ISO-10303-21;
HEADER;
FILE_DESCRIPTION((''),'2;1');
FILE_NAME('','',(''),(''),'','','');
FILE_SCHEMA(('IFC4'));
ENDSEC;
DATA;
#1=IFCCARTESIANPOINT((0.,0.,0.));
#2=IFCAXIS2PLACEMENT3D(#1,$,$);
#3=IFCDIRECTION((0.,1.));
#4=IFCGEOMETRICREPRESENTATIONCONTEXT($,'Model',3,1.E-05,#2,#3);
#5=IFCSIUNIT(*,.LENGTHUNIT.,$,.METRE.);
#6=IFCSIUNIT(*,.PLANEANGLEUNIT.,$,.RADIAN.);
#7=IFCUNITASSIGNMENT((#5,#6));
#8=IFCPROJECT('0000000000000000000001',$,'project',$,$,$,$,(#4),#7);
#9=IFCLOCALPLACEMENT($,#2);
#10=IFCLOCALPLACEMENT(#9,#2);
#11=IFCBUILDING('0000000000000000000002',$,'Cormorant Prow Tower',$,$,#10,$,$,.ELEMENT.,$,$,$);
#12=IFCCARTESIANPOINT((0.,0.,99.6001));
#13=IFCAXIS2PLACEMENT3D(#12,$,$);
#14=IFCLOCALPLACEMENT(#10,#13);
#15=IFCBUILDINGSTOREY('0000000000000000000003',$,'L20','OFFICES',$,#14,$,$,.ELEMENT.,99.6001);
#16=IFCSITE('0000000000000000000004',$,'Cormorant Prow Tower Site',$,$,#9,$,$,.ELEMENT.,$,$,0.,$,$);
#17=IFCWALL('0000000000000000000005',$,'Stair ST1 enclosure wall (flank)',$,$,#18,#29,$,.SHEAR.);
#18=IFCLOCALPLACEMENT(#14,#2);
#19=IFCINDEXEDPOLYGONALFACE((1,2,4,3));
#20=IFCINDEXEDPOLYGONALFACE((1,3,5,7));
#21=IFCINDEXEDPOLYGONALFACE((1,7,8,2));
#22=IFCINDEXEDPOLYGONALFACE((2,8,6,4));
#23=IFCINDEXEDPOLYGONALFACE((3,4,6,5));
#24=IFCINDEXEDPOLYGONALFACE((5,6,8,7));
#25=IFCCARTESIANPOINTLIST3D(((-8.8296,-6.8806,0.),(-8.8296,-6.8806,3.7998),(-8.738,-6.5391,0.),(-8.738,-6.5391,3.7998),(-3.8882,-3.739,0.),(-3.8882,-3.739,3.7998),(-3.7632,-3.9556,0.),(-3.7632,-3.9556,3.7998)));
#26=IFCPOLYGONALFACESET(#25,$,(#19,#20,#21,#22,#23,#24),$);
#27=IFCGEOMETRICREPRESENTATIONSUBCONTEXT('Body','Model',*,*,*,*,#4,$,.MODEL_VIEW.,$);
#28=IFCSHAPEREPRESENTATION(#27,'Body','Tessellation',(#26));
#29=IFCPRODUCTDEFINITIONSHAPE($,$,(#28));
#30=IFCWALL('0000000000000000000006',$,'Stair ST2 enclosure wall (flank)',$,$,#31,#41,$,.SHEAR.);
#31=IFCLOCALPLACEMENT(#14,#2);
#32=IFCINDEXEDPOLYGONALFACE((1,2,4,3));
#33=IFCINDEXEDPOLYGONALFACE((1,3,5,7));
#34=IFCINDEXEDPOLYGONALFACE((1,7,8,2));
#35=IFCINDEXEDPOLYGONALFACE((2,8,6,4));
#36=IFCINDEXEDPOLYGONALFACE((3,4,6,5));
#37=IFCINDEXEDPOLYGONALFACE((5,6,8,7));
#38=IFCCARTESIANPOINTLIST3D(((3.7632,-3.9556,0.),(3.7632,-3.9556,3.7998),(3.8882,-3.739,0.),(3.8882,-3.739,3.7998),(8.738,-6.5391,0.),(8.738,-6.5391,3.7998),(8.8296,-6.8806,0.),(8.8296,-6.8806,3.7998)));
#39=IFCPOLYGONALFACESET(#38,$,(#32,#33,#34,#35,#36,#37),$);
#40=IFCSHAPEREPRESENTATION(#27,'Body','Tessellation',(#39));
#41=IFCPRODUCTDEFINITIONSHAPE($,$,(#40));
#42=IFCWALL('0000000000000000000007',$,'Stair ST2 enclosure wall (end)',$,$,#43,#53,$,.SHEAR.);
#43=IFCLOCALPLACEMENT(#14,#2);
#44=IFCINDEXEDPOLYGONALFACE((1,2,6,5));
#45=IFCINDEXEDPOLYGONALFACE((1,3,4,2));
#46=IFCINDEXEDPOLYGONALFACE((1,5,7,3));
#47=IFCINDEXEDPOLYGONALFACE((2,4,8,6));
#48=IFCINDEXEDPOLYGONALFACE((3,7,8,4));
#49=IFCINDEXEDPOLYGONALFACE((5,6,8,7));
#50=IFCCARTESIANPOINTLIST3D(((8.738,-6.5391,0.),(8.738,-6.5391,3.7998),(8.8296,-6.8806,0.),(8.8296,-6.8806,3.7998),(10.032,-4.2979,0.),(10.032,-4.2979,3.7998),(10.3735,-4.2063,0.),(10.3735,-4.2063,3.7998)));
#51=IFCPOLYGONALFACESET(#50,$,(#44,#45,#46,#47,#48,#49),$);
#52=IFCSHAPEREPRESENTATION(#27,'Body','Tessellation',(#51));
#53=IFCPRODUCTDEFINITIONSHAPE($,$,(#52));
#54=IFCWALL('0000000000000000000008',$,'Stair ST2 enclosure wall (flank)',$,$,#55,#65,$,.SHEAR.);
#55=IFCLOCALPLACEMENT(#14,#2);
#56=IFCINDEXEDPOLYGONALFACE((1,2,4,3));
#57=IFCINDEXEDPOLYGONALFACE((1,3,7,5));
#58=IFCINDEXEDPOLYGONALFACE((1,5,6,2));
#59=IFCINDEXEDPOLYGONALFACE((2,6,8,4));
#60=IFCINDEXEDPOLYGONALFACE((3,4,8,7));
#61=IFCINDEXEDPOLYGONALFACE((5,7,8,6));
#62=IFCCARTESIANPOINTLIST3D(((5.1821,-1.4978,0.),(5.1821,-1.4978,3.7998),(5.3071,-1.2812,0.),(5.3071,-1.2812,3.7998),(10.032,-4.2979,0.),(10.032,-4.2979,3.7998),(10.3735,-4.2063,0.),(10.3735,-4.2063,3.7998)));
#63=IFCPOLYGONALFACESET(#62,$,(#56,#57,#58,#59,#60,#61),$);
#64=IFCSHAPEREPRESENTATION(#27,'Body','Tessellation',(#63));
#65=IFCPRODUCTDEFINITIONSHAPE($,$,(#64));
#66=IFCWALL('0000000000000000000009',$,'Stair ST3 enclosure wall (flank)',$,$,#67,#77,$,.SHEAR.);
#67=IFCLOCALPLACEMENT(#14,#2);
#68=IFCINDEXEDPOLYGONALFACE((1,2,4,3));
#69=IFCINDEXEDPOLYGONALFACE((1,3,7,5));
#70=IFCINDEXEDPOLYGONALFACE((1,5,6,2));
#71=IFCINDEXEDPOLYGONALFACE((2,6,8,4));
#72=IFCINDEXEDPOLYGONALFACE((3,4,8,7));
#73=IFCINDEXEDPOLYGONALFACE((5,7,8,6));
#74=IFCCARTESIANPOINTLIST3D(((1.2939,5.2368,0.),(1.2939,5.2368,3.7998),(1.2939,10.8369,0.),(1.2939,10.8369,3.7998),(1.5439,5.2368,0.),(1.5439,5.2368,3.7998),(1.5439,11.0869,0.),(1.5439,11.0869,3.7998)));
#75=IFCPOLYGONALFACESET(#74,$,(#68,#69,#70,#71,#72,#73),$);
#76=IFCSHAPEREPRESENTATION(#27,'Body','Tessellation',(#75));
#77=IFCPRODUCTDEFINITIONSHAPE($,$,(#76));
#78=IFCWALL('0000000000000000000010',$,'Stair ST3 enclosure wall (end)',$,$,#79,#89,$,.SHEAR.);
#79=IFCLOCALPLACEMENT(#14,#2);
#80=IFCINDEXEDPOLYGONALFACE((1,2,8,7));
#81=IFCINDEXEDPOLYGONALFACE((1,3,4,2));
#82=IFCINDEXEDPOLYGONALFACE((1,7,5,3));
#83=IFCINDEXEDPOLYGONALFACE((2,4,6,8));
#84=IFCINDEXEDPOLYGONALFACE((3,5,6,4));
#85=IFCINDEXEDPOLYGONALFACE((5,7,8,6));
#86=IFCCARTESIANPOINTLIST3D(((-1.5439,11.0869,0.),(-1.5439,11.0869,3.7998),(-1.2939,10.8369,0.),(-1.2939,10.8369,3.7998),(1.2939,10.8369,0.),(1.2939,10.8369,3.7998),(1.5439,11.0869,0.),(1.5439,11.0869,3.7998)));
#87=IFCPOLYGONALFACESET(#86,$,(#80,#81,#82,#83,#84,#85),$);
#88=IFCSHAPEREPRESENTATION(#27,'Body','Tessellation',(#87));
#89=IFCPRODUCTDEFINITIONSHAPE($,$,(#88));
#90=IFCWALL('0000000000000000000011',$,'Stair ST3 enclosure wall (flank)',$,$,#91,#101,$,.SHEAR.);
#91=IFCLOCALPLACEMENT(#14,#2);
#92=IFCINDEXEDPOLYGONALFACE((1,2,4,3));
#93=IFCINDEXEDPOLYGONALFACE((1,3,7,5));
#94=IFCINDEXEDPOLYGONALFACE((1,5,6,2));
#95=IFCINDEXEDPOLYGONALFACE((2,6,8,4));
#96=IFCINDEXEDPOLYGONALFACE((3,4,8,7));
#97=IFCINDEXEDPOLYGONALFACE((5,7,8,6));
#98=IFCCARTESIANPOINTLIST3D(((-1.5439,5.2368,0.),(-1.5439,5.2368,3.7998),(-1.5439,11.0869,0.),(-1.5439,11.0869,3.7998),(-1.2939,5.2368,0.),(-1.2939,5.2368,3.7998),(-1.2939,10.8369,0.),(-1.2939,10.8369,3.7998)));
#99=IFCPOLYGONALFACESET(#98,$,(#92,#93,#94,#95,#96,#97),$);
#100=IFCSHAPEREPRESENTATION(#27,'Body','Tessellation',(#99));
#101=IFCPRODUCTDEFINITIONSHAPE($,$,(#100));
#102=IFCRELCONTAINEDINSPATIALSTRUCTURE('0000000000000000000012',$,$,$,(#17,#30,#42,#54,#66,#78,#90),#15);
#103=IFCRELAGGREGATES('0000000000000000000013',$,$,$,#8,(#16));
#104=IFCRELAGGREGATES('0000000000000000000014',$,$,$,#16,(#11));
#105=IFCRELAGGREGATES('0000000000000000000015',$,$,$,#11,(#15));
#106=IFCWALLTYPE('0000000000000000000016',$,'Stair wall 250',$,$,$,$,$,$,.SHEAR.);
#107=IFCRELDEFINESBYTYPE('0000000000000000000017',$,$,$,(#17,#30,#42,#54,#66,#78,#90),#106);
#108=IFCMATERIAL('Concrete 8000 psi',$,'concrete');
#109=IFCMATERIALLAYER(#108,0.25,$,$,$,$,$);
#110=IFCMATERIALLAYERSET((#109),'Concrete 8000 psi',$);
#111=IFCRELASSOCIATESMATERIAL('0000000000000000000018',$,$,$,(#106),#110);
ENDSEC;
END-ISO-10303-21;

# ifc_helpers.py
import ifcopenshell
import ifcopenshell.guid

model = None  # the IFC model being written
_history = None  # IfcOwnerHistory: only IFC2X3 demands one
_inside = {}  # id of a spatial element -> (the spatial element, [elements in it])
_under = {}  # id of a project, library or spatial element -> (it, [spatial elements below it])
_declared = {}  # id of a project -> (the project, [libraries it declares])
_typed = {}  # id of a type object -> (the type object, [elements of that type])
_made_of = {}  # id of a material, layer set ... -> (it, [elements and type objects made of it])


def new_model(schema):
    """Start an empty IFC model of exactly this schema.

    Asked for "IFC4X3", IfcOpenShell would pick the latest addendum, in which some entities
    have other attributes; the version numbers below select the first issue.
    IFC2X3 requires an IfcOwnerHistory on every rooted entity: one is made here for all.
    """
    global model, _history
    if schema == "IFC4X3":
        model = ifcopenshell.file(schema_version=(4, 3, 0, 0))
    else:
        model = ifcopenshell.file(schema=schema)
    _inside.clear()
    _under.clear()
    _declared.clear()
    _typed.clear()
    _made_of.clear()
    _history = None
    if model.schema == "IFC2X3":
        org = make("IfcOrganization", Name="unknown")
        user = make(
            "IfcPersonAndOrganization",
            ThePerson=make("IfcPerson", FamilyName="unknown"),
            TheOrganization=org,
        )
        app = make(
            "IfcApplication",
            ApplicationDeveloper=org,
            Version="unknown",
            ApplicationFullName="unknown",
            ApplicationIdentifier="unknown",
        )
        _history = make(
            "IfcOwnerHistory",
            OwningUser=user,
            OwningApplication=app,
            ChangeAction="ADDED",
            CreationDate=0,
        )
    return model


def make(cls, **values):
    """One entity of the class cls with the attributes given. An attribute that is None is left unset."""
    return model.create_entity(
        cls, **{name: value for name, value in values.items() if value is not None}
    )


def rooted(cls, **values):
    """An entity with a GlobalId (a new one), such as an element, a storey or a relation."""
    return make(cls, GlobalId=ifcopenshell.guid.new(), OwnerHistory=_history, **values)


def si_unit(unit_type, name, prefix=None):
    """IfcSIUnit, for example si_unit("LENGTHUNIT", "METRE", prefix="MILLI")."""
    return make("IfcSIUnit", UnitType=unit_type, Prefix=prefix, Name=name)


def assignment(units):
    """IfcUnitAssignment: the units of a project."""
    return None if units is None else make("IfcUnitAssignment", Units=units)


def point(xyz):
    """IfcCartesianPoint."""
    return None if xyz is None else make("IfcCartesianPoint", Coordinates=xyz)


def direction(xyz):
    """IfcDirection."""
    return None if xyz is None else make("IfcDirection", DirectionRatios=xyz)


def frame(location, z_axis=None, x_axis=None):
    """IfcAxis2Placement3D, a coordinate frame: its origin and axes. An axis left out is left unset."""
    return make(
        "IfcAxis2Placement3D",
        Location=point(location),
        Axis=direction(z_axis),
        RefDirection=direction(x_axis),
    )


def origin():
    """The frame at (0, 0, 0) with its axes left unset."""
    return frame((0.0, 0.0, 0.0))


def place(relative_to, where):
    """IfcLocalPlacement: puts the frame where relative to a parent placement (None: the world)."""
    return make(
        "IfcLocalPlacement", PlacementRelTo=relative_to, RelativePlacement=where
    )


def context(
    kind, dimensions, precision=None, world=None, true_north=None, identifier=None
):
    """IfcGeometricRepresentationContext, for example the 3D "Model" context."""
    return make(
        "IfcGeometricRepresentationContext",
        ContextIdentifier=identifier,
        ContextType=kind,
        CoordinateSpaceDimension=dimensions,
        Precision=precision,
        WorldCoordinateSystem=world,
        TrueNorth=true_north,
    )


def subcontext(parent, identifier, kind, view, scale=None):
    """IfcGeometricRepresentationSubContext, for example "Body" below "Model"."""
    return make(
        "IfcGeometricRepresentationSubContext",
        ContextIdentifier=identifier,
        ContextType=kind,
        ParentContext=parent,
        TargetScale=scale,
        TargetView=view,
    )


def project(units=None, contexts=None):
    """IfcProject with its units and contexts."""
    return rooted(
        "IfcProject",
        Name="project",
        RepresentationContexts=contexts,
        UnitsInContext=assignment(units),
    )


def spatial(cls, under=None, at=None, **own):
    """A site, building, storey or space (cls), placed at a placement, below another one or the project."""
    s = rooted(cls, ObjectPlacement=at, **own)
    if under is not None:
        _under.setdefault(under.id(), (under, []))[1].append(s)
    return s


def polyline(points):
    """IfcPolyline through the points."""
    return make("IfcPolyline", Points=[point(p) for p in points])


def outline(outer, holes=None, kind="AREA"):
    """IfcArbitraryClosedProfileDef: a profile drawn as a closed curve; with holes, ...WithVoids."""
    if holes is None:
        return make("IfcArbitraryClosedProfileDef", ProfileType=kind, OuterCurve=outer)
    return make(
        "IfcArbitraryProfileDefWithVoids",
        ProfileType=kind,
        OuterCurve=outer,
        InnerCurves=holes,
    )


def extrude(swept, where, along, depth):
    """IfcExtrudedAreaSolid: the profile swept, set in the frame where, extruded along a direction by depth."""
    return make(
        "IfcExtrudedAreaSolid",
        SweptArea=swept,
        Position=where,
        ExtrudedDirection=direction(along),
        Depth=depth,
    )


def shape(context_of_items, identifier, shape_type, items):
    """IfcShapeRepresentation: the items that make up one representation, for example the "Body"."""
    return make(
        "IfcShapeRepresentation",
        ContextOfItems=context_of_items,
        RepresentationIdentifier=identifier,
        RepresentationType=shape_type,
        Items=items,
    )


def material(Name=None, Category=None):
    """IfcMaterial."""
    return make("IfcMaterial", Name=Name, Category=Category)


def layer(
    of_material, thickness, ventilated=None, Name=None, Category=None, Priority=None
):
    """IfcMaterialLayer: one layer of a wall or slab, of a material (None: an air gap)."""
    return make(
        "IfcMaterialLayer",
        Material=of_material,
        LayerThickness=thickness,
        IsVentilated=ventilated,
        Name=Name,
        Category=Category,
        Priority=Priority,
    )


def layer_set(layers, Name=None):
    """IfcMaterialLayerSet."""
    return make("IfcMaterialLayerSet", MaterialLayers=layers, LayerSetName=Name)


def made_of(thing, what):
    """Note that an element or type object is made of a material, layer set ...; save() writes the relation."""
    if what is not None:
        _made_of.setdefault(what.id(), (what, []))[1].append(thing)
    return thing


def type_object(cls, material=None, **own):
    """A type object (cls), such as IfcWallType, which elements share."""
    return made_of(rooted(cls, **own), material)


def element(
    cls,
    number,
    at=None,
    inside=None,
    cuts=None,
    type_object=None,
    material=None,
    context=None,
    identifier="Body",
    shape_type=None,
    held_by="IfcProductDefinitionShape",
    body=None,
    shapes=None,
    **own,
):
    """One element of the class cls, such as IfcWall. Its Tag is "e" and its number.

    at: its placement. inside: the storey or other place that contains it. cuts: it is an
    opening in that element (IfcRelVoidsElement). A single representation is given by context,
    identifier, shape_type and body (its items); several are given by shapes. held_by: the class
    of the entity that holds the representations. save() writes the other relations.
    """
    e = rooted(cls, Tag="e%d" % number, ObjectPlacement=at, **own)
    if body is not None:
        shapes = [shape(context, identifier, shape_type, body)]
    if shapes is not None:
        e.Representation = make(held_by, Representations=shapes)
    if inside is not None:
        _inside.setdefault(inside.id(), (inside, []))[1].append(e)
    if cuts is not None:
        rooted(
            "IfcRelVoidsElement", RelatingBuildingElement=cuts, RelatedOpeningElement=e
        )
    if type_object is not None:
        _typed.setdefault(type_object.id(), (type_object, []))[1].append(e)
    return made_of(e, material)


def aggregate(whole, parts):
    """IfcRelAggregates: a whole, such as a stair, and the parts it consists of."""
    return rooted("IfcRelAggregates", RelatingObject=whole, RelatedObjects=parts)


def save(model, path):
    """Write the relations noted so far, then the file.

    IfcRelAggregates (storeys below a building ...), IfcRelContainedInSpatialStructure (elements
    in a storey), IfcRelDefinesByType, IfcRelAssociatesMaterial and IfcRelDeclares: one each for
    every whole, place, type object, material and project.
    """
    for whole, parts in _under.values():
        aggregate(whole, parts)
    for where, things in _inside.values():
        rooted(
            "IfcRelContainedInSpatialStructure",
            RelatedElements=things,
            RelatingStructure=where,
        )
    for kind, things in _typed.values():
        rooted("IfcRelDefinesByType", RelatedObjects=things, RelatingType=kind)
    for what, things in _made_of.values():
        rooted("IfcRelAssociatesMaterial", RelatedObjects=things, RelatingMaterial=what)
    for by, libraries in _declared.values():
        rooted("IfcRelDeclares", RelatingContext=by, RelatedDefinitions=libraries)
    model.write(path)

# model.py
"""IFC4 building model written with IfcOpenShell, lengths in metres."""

from ifc_helpers import new_model, si_unit, direction, frame, origin, place, context, subcontext, project, spatial, polyline, outline, extrude, material, layer, layer_set, type_object, element, save


model = new_model("IFC4")

# Units and contexts
model_context = context("Model", 3, precision=1e-05, world=origin(), true_north=direction((0.0, 1.0)))
body_context = subcontext(model_context, "Body", "Model", "MODEL_VIEW")
ifc_project = project(units=[si_unit("LENGTHUNIT", "METRE"), si_unit("PLANEANGLEUNIT", "RADIAN")], contexts=[model_context])

# Site, building, storey
site_placement = place(None, origin())
site = spatial("IfcSite", under=ifc_project, at=site_placement, Name="Cormorant Prow Tower Site", CompositionType="ELEMENT", RefElevation=0.0)
building_placement = place(site_placement, origin())
building = spatial("IfcBuilding", under=site, at=building_placement, Name="Cormorant Prow Tower", CompositionType="ELEMENT")
storey_placement = place(building_placement, frame((0.0, 0.0, 99.6001)))
storey = spatial("IfcBuildingStorey", under=building, at=storey_placement, Name="L20", Description="OFFICES", CompositionType="ELEMENT", Elevation=99.6001)

# Walls
ifc_material_1 = material(Name="Concrete 8000 psi", Category="concrete")
ifc_layer_1 = layer(ifc_material_1, 0.25)
ifc_layer_set_1 = layer_set([ifc_layer_1], Name="Concrete 8000 psi")
wall_type_1 = type_object("IfcWallType", Name="Stair wall 250", PredefinedType="SHEAR", material=ifc_layer_set_1)
wall_1_placement = place(storey_placement, origin())
element("IfcWall", 1, at=wall_1_placement, inside=storey, type_object=wall_type_1, Name="Stair ST1 enclosure wall (flank)", PredefinedType="SHEAR", context=body_context, shape_type="SweptSolid", body=[
    extrude(outline(polyline([(-8.738, -6.5391), (-8.8296, -6.8806), (-3.7632, -3.9556), (-3.8882, -3.739), (-8.738, -6.5391)])), origin(), (0.0, 0.0, 1.0), 3.7998),
])
wall_2_placement = place(storey_placement, origin())
element("IfcWall", 2, at=wall_2_placement, inside=storey, type_object=wall_type_1, Name="Stair ST2 enclosure wall (flank)", PredefinedType="SHEAR", context=body_context, shape_type="SweptSolid", body=[
    extrude(outline(polyline([(3.7632, -3.9556), (8.8296, -6.8806), (8.738, -6.5391), (3.8882, -3.739), (3.7632, -3.9556)])), origin(), (0.0, 0.0, 1.0), 3.7998),
])
wall_3_placement = place(storey_placement, origin())
element("IfcWall", 3, at=wall_3_placement, inside=storey, type_object=wall_type_1, Name="Stair ST2 enclosure wall (end)", PredefinedType="SHEAR", context=body_context, shape_type="SweptSolid", body=[
    extrude(outline(polyline([(8.8296, -6.8806), (10.3735, -4.2063), (10.032, -4.2979), (8.738, -6.5391), (8.8296, -6.8806)])), origin(), (0.0, 0.0, 1.0), 3.7998),
])
wall_4_placement = place(storey_placement, origin())
element("IfcWall", 4, at=wall_4_placement, inside=storey, type_object=wall_type_1, Name="Stair ST2 enclosure wall (flank)", PredefinedType="SHEAR", context=body_context, shape_type="SweptSolid", body=[
    extrude(outline(polyline([(10.032, -4.2979), (10.3735, -4.2063), (5.3071, -1.2812), (5.1821, -1.4978), (10.032, -4.2979)])), origin(), (0.0, 0.0, 1.0), 3.7998),
])
wall_5_placement = place(storey_placement, origin())
element("IfcWall", 5, at=wall_5_placement, inside=storey, type_object=wall_type_1, Name="Stair ST3 enclosure wall (flank)", PredefinedType="SHEAR", context=body_context, shape_type="SweptSolid", body=[
    extrude(outline(polyline([(1.5439, 5.2368), (1.5439, 11.0869), (1.2939, 10.8369), (1.2939, 5.2368), (1.5439, 5.2368)])), origin(), (0.0, 0.0, 1.0), 3.7998),
])
wall_6_placement = place(storey_placement, origin())
element("IfcWall", 6, at=wall_6_placement, inside=storey, type_object=wall_type_1, Name="Stair ST3 enclosure wall (end)", PredefinedType="SHEAR", context=body_context, shape_type="SweptSolid", body=[
    extrude(outline(polyline([(1.5439, 11.0869), (-1.5439, 11.0869), (-1.2939, 10.8369), (1.2939, 10.8369), (1.5439, 11.0869)])), origin(), (0.0, 0.0, 1.0), 3.7998),
])
wall_7_placement = place(storey_placement, origin())
element("IfcWall", 7, at=wall_7_placement, inside=storey, type_object=wall_type_1, Name="Stair ST3 enclosure wall (flank)", PredefinedType="SHEAR", context=body_context, shape_type="SweptSolid", body=[
    extrude(outline(polyline([(-1.2939, 10.8369), (-1.5439, 11.0869), (-1.5439, 5.2368), (-1.2939, 5.2368), (-1.2939, 10.8369)])), origin(), (0.0, 0.0, 1.0), 3.7998),
])

save(model, "model.ifc")
